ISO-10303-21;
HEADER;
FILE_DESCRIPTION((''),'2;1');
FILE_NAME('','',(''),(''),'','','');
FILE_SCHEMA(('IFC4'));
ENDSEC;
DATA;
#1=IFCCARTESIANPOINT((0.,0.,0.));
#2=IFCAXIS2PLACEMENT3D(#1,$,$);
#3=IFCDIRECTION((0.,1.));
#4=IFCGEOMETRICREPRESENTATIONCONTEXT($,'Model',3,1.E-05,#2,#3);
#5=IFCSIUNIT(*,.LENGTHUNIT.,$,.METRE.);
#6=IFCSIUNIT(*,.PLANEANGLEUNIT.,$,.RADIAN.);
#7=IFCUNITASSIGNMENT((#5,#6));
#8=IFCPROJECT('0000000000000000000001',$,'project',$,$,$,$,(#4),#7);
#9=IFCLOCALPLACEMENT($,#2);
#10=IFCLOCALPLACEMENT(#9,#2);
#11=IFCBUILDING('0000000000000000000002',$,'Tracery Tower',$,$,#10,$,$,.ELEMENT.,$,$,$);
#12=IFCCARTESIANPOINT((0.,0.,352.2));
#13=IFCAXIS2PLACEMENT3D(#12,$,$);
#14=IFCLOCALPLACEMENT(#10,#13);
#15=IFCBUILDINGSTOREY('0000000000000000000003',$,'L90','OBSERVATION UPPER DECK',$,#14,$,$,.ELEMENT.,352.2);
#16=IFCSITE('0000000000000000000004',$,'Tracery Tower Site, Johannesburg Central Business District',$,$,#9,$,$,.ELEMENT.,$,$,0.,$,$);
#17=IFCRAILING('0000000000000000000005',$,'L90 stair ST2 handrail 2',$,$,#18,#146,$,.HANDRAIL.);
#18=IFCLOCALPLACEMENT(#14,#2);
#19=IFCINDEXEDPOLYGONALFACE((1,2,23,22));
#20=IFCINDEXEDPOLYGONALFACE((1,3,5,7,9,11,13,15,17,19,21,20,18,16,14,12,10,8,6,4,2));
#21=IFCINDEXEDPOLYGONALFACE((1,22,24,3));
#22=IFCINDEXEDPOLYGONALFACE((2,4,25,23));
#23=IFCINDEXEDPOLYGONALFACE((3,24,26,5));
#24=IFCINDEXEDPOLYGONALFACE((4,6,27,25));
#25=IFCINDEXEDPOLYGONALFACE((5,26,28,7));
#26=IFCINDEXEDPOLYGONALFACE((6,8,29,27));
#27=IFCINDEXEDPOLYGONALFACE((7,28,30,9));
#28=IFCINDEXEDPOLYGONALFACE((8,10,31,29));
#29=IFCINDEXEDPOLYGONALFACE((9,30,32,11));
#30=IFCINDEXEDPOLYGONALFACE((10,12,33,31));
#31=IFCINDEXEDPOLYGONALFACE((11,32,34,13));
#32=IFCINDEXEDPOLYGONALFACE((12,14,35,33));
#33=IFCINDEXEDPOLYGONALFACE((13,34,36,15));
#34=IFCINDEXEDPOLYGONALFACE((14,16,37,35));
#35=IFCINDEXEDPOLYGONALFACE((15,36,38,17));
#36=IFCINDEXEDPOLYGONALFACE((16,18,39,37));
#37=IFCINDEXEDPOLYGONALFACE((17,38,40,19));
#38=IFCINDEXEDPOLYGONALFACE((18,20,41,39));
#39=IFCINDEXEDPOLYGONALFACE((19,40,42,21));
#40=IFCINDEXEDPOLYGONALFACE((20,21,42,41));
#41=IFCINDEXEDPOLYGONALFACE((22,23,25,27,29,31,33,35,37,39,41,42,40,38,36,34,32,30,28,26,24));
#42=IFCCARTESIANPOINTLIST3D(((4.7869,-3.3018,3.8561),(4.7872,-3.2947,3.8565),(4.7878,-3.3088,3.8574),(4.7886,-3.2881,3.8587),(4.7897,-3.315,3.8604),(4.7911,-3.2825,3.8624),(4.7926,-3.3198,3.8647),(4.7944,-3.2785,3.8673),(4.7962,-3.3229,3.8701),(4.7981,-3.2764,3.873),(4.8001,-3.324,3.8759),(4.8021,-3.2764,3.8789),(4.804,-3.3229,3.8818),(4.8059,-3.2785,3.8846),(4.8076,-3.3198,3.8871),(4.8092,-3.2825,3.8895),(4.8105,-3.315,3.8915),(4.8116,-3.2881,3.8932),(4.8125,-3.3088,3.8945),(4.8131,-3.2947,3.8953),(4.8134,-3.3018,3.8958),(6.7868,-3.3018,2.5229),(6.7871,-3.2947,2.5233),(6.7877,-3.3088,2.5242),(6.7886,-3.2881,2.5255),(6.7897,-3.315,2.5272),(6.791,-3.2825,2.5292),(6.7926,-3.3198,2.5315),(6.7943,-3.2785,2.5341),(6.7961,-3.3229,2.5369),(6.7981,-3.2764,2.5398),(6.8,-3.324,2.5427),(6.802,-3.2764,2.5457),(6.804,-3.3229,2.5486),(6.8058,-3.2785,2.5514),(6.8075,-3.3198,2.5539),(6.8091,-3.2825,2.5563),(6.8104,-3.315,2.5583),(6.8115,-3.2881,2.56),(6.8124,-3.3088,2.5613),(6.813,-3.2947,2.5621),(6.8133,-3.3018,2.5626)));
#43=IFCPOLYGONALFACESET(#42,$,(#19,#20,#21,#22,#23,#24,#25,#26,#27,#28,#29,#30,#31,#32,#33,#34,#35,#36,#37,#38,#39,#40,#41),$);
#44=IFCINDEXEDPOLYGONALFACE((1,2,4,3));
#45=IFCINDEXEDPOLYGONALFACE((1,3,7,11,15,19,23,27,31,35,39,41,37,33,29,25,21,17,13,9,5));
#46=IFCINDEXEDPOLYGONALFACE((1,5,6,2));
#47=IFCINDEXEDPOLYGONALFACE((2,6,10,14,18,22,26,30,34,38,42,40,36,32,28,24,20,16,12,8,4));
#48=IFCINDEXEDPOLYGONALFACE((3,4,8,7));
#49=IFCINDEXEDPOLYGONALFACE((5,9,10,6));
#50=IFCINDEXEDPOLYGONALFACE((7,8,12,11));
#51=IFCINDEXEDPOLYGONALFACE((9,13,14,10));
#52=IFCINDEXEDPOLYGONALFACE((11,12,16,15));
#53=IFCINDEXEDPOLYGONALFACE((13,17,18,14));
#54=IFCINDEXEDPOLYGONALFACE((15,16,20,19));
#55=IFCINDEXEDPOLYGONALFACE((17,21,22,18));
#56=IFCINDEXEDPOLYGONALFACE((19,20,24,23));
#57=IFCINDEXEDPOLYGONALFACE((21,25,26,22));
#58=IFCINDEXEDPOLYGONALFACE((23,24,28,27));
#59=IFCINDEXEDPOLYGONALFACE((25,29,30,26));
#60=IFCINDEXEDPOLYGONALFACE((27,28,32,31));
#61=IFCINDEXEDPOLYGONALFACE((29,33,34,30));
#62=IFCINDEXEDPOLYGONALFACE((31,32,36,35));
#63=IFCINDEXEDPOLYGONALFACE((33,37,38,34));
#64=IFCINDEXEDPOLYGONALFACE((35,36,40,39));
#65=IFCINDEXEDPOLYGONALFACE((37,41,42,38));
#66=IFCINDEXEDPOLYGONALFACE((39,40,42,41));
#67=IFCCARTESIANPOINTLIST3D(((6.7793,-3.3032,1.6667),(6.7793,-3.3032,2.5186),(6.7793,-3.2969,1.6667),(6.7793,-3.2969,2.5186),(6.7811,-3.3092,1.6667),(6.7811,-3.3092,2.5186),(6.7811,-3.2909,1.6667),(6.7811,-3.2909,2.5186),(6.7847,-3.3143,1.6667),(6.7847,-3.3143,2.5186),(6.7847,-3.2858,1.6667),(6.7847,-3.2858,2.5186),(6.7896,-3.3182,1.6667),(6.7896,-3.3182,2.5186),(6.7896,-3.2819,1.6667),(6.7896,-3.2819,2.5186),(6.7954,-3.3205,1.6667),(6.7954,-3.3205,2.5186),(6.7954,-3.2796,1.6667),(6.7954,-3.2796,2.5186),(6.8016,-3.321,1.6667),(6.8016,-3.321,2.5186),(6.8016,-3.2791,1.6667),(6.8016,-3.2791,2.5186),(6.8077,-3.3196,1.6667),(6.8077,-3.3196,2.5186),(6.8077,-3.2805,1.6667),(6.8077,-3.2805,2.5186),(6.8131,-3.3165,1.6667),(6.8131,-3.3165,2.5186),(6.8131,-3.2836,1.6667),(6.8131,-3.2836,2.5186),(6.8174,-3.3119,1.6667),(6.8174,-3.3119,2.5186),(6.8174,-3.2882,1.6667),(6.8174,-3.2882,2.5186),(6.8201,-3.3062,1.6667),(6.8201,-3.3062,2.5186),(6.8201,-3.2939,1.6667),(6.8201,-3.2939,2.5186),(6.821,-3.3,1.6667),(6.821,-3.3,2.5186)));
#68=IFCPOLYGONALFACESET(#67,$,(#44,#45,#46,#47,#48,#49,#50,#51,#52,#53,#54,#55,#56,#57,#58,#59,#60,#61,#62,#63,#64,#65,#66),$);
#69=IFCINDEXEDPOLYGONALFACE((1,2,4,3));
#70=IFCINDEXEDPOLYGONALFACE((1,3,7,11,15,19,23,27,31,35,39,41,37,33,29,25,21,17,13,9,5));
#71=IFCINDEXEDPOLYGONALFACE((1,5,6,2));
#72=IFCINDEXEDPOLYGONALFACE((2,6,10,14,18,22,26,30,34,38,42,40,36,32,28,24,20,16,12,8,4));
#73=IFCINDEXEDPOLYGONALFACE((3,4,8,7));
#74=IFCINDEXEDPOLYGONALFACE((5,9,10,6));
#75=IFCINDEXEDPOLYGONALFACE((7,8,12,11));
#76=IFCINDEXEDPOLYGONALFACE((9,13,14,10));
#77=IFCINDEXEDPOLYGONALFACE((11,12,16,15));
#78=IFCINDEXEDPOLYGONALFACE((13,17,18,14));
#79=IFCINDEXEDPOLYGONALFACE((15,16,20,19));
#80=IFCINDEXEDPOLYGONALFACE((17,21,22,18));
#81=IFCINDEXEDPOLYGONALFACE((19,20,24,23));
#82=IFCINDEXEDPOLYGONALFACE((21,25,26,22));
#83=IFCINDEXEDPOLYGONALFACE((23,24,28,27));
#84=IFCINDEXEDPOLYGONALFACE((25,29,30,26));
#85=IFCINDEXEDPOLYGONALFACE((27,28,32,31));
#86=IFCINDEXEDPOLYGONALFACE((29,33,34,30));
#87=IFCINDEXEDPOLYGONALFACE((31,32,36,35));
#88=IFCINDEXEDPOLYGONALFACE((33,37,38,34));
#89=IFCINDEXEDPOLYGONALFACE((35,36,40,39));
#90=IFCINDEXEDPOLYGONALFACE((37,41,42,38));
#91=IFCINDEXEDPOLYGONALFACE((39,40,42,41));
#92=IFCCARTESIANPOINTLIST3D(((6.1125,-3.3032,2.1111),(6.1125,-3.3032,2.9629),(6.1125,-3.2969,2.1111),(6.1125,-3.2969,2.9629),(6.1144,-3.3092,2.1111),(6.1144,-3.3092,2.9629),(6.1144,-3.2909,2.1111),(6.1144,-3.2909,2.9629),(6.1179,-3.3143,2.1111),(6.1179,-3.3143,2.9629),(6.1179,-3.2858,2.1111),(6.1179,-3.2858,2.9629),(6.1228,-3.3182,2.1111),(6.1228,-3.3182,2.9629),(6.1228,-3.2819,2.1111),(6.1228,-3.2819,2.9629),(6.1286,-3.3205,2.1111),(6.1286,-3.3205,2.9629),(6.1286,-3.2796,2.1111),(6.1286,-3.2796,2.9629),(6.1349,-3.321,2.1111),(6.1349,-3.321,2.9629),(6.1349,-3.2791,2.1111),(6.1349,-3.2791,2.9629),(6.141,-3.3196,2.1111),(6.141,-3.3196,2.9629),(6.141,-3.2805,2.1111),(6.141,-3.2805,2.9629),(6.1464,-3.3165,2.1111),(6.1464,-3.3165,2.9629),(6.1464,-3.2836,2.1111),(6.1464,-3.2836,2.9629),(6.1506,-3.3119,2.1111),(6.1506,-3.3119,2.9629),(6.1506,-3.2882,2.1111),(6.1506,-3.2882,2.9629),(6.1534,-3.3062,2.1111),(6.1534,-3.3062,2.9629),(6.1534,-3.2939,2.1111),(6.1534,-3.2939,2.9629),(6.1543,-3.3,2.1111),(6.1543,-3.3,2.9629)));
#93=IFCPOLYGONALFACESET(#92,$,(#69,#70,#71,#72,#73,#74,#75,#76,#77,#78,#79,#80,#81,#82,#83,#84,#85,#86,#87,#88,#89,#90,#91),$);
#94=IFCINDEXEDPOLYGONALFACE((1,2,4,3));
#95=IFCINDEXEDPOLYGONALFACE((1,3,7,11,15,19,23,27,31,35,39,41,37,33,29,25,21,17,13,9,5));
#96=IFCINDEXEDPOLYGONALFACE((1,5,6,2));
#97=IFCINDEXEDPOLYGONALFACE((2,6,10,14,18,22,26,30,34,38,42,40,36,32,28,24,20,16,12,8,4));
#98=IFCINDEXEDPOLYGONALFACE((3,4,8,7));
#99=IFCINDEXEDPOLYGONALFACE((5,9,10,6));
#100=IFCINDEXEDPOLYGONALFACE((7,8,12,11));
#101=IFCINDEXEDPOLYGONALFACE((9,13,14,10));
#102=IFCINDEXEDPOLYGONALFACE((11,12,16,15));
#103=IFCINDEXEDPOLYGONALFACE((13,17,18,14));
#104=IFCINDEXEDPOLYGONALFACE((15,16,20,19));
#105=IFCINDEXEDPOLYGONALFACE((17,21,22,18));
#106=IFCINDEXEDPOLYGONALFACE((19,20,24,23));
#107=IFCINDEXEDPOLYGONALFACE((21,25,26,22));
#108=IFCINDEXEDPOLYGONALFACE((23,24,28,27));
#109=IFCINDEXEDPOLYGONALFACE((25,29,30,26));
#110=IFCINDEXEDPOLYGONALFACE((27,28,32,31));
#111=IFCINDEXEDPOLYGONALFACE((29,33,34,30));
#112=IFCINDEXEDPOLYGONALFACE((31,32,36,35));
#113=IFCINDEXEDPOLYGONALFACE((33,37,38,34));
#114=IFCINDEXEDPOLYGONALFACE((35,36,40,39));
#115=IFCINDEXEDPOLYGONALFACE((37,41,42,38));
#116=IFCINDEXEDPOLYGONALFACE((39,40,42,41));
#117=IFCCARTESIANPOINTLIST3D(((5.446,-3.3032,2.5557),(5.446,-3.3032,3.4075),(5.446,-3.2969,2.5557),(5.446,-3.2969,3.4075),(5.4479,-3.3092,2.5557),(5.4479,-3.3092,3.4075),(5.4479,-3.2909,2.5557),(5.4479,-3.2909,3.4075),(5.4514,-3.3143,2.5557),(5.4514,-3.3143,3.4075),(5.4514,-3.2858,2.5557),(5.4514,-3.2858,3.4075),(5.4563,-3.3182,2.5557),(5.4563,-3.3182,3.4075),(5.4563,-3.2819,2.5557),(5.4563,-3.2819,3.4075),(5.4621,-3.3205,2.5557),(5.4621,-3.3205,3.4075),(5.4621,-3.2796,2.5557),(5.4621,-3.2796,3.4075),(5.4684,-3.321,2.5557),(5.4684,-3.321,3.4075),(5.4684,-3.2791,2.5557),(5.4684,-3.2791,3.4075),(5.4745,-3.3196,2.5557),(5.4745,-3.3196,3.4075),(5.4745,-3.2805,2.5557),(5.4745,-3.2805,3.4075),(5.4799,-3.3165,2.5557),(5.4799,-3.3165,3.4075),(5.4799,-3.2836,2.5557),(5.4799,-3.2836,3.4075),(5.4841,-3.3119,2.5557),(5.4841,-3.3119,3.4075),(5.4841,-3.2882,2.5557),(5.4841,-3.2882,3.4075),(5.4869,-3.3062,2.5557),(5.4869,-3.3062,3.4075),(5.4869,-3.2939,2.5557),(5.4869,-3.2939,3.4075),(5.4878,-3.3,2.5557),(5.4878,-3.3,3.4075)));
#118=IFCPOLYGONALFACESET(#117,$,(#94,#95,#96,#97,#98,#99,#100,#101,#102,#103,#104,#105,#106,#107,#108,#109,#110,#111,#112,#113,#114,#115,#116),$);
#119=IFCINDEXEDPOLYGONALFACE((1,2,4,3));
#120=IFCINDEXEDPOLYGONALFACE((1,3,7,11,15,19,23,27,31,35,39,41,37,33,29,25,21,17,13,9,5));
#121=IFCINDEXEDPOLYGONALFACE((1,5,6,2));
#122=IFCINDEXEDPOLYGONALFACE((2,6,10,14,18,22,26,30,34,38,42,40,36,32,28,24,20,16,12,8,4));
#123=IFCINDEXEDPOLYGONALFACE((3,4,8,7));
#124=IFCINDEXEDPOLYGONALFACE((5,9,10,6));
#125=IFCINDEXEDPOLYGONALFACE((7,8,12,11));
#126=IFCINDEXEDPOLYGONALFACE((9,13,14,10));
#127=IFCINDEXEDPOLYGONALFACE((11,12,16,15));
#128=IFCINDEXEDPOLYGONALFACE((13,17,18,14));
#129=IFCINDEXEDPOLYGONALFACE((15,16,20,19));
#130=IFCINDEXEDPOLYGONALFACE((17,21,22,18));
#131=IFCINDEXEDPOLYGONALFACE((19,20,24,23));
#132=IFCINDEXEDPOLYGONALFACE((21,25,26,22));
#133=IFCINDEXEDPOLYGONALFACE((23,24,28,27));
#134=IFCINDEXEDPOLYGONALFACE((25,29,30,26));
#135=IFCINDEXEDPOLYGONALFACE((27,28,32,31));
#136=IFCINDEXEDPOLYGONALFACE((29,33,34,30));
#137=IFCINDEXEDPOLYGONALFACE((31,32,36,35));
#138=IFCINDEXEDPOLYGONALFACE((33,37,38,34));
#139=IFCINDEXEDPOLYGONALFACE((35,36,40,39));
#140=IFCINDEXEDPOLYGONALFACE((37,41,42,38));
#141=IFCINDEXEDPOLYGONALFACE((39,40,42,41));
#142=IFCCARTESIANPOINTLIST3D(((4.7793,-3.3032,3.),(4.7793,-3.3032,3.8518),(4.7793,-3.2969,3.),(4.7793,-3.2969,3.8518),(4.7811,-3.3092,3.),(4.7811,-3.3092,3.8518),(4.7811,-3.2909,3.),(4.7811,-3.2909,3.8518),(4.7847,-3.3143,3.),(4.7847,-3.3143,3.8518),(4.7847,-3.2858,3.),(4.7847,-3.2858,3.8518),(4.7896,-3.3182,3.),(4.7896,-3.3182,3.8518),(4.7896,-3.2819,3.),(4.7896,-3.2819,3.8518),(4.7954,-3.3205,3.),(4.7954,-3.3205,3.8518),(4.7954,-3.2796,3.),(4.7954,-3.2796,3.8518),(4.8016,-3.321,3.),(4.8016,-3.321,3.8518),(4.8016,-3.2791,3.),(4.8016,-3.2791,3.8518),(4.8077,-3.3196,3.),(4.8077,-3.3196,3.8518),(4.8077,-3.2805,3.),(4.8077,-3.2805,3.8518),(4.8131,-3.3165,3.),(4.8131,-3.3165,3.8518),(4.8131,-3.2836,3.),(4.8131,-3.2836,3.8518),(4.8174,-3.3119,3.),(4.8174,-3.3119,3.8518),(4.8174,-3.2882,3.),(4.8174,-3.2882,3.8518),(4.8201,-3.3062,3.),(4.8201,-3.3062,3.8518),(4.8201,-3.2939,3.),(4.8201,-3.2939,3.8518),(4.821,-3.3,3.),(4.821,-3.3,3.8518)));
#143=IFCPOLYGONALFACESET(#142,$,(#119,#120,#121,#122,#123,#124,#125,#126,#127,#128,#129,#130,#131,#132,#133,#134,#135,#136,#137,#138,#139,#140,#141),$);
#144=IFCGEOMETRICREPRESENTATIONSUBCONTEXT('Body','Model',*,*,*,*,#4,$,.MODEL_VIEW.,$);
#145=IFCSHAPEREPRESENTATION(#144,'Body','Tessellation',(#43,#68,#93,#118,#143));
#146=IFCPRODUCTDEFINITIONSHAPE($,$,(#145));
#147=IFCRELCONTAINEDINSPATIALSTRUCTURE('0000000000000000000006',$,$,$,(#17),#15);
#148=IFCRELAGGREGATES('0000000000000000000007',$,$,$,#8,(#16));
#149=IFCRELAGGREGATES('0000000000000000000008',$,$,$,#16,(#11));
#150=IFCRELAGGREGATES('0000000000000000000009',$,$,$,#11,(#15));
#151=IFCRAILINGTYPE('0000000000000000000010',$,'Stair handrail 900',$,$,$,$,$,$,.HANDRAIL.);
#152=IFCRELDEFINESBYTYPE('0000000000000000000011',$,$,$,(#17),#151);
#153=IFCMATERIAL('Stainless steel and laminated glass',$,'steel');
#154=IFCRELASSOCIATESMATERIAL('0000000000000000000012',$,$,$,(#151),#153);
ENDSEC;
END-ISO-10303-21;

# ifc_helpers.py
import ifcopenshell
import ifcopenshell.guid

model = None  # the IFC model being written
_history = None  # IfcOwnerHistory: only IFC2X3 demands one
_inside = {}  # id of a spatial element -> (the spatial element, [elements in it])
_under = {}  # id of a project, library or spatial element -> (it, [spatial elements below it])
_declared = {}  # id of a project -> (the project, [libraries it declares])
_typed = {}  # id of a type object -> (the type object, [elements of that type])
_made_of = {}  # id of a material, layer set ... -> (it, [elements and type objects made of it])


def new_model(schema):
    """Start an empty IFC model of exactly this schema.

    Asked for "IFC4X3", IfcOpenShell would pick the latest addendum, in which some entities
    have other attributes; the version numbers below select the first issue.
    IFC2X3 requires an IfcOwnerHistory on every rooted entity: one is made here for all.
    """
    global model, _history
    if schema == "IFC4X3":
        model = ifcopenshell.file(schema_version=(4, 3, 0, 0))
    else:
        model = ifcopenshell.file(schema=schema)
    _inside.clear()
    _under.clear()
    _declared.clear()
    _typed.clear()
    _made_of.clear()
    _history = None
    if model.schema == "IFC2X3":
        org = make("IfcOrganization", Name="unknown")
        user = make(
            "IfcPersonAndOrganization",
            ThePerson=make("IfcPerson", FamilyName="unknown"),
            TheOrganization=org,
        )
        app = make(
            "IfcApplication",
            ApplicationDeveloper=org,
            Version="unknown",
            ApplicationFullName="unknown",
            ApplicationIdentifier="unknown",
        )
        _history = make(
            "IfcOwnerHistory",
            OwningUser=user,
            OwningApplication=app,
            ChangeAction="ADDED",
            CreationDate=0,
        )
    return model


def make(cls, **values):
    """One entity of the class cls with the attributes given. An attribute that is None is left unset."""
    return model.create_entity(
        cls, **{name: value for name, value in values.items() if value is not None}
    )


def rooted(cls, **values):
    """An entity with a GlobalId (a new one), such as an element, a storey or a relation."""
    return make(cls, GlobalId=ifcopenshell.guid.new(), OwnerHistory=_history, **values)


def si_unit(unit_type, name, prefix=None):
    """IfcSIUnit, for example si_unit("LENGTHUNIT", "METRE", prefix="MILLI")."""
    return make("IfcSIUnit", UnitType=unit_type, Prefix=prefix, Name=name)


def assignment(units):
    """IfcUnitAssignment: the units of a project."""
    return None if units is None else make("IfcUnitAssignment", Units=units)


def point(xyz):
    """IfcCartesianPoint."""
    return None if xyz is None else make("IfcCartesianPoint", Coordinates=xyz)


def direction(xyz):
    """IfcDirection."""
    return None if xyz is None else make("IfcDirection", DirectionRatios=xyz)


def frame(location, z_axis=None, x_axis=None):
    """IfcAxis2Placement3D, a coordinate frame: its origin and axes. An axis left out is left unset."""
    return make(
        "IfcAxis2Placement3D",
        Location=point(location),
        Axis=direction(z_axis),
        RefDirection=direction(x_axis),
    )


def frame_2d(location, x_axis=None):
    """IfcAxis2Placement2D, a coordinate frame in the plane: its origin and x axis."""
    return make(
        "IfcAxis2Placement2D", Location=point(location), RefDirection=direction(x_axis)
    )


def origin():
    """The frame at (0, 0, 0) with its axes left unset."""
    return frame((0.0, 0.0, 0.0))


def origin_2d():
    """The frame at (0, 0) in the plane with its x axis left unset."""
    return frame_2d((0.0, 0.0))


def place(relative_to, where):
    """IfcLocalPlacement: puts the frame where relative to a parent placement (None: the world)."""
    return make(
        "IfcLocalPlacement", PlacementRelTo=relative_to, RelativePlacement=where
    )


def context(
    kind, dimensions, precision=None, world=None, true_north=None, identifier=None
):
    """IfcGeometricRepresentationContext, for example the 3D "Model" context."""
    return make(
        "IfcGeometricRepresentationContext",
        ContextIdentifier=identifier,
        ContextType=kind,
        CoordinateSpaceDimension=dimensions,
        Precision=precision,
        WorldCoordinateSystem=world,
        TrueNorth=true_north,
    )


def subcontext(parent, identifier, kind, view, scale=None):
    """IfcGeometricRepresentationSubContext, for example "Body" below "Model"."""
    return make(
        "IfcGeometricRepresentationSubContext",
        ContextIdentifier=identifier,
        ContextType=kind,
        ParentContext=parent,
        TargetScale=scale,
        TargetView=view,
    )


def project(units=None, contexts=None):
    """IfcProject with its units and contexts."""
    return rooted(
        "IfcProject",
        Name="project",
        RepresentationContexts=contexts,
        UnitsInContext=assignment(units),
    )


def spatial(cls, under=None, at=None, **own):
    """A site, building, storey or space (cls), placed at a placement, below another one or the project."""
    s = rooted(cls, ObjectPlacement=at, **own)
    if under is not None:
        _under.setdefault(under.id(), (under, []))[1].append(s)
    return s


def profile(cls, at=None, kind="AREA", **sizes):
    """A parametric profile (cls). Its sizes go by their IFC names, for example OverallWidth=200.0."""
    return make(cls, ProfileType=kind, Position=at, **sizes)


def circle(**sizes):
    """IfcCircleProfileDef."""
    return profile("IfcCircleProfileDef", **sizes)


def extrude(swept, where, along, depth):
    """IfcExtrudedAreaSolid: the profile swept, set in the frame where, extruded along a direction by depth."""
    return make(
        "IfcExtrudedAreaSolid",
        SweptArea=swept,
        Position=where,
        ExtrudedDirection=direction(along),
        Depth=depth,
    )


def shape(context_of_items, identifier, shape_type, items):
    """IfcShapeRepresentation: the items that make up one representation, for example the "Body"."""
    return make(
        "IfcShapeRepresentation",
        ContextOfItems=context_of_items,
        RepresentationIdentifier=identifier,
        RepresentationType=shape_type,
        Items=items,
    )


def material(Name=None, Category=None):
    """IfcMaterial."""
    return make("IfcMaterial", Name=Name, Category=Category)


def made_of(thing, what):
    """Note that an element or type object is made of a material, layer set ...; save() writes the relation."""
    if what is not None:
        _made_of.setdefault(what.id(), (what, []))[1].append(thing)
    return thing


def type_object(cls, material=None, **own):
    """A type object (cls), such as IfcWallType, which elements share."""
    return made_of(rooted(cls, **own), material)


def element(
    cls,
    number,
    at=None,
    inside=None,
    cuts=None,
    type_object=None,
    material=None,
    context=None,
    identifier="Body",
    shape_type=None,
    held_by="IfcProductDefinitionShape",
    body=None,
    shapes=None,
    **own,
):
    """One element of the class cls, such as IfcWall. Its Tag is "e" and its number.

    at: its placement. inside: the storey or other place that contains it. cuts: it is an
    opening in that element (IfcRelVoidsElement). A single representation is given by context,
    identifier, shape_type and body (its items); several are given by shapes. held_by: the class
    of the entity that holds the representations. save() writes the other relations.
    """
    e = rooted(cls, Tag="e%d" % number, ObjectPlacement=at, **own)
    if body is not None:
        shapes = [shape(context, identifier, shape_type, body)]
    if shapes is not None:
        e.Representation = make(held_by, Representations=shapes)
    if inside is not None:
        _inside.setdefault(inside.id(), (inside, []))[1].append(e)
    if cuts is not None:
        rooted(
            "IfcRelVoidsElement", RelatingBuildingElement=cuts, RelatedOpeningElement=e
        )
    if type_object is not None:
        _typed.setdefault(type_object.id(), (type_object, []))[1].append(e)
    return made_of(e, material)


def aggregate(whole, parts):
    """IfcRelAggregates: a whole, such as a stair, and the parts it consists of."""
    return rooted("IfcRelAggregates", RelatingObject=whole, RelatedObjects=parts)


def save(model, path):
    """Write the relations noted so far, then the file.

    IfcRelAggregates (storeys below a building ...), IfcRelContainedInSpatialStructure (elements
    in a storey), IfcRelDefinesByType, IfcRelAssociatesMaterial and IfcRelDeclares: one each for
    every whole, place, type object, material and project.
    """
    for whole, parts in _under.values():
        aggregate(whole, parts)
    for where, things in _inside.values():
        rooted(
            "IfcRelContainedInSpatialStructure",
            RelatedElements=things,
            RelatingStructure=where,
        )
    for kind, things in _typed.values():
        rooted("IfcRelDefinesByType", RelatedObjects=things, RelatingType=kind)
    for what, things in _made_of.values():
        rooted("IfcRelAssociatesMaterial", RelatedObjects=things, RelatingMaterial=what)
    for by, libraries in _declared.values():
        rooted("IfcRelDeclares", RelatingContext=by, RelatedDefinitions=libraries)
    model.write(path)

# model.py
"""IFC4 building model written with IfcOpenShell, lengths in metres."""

from ifc_helpers import new_model, si_unit, direction, frame, origin, origin_2d, place, context, subcontext, project, spatial, circle, extrude, material, type_object, element, save


model = new_model("IFC4")

# Units and contexts
model_context = context("Model", 3, precision=1e-05, world=origin(), true_north=direction((0.0, 1.0)))
body_context = subcontext(model_context, "Body", "Model", "MODEL_VIEW")
ifc_project = project(units=[si_unit("LENGTHUNIT", "METRE"), si_unit("PLANEANGLEUNIT", "RADIAN")], contexts=[model_context])

# Site, building, storey
site_placement = place(None, origin())
site = spatial("IfcSite", under=ifc_project, at=site_placement, Name="Tracery Tower Site, Johannesburg Central Business District", CompositionType="ELEMENT", RefElevation=0.0)
building_placement = place(site_placement, origin())
building = spatial("IfcBuilding", under=site, at=building_placement, Name="Tracery Tower", CompositionType="ELEMENT")
storey_placement = place(building_placement, frame((0.0, 0.0, 352.2)))
storey = spatial("IfcBuildingStorey", under=building, at=storey_placement, Name="L90", Description="OBSERVATION UPPER DECK", CompositionType="ELEMENT", Elevation=352.2)

# Railing
ifc_material_1 = material(Name="Stainless steel and laminated glass", Category="steel")
railing_type_1 = type_object("IfcRailingType", Name="Stair handrail 900", PredefinedType="HANDRAIL", material=ifc_material_1)
railing_1_placement = place(storey_placement, frame((6.8, -3.3, 1.6667)))
element("IfcRailing", 1, at=railing_1_placement, inside=storey, type_object=railing_type_1, Name="L90 stair ST2 handrail 2", PredefinedType="HANDRAIL", context=body_context, shape_type="SweptSolid", body=[
    extrude(circle(Radius=0.0239, at=origin_2d()), frame((0.0, 0.0, 0.876), z_axis=(-0.832066, 0.0, 0.554677), x_axis=(0.0, -1.0, 0.0)), (0.0, 0.0, 1.0), 2.4036),
    extrude(circle(Radius=0.021, at=origin_2d()), origin(), (0.0, 0.0, 1.0), 0.8518),
    extrude(circle(Radius=0.021, at=origin_2d()), frame((-0.6667, 0.0, 0.4443)), (0.0, 0.0, 1.0), 0.8518),
    extrude(circle(Radius=0.021, at=origin_2d()), frame((-1.3333, 0.0, 0.8889)), (0.0, 0.0, 1.0), 0.8518),
    extrude(circle(Radius=0.021, at=origin_2d()), frame((-2.0, 0.0, 1.3333)), (0.0, 0.0, 1.0), 0.8518),
])

save(model, "model.ifc")
